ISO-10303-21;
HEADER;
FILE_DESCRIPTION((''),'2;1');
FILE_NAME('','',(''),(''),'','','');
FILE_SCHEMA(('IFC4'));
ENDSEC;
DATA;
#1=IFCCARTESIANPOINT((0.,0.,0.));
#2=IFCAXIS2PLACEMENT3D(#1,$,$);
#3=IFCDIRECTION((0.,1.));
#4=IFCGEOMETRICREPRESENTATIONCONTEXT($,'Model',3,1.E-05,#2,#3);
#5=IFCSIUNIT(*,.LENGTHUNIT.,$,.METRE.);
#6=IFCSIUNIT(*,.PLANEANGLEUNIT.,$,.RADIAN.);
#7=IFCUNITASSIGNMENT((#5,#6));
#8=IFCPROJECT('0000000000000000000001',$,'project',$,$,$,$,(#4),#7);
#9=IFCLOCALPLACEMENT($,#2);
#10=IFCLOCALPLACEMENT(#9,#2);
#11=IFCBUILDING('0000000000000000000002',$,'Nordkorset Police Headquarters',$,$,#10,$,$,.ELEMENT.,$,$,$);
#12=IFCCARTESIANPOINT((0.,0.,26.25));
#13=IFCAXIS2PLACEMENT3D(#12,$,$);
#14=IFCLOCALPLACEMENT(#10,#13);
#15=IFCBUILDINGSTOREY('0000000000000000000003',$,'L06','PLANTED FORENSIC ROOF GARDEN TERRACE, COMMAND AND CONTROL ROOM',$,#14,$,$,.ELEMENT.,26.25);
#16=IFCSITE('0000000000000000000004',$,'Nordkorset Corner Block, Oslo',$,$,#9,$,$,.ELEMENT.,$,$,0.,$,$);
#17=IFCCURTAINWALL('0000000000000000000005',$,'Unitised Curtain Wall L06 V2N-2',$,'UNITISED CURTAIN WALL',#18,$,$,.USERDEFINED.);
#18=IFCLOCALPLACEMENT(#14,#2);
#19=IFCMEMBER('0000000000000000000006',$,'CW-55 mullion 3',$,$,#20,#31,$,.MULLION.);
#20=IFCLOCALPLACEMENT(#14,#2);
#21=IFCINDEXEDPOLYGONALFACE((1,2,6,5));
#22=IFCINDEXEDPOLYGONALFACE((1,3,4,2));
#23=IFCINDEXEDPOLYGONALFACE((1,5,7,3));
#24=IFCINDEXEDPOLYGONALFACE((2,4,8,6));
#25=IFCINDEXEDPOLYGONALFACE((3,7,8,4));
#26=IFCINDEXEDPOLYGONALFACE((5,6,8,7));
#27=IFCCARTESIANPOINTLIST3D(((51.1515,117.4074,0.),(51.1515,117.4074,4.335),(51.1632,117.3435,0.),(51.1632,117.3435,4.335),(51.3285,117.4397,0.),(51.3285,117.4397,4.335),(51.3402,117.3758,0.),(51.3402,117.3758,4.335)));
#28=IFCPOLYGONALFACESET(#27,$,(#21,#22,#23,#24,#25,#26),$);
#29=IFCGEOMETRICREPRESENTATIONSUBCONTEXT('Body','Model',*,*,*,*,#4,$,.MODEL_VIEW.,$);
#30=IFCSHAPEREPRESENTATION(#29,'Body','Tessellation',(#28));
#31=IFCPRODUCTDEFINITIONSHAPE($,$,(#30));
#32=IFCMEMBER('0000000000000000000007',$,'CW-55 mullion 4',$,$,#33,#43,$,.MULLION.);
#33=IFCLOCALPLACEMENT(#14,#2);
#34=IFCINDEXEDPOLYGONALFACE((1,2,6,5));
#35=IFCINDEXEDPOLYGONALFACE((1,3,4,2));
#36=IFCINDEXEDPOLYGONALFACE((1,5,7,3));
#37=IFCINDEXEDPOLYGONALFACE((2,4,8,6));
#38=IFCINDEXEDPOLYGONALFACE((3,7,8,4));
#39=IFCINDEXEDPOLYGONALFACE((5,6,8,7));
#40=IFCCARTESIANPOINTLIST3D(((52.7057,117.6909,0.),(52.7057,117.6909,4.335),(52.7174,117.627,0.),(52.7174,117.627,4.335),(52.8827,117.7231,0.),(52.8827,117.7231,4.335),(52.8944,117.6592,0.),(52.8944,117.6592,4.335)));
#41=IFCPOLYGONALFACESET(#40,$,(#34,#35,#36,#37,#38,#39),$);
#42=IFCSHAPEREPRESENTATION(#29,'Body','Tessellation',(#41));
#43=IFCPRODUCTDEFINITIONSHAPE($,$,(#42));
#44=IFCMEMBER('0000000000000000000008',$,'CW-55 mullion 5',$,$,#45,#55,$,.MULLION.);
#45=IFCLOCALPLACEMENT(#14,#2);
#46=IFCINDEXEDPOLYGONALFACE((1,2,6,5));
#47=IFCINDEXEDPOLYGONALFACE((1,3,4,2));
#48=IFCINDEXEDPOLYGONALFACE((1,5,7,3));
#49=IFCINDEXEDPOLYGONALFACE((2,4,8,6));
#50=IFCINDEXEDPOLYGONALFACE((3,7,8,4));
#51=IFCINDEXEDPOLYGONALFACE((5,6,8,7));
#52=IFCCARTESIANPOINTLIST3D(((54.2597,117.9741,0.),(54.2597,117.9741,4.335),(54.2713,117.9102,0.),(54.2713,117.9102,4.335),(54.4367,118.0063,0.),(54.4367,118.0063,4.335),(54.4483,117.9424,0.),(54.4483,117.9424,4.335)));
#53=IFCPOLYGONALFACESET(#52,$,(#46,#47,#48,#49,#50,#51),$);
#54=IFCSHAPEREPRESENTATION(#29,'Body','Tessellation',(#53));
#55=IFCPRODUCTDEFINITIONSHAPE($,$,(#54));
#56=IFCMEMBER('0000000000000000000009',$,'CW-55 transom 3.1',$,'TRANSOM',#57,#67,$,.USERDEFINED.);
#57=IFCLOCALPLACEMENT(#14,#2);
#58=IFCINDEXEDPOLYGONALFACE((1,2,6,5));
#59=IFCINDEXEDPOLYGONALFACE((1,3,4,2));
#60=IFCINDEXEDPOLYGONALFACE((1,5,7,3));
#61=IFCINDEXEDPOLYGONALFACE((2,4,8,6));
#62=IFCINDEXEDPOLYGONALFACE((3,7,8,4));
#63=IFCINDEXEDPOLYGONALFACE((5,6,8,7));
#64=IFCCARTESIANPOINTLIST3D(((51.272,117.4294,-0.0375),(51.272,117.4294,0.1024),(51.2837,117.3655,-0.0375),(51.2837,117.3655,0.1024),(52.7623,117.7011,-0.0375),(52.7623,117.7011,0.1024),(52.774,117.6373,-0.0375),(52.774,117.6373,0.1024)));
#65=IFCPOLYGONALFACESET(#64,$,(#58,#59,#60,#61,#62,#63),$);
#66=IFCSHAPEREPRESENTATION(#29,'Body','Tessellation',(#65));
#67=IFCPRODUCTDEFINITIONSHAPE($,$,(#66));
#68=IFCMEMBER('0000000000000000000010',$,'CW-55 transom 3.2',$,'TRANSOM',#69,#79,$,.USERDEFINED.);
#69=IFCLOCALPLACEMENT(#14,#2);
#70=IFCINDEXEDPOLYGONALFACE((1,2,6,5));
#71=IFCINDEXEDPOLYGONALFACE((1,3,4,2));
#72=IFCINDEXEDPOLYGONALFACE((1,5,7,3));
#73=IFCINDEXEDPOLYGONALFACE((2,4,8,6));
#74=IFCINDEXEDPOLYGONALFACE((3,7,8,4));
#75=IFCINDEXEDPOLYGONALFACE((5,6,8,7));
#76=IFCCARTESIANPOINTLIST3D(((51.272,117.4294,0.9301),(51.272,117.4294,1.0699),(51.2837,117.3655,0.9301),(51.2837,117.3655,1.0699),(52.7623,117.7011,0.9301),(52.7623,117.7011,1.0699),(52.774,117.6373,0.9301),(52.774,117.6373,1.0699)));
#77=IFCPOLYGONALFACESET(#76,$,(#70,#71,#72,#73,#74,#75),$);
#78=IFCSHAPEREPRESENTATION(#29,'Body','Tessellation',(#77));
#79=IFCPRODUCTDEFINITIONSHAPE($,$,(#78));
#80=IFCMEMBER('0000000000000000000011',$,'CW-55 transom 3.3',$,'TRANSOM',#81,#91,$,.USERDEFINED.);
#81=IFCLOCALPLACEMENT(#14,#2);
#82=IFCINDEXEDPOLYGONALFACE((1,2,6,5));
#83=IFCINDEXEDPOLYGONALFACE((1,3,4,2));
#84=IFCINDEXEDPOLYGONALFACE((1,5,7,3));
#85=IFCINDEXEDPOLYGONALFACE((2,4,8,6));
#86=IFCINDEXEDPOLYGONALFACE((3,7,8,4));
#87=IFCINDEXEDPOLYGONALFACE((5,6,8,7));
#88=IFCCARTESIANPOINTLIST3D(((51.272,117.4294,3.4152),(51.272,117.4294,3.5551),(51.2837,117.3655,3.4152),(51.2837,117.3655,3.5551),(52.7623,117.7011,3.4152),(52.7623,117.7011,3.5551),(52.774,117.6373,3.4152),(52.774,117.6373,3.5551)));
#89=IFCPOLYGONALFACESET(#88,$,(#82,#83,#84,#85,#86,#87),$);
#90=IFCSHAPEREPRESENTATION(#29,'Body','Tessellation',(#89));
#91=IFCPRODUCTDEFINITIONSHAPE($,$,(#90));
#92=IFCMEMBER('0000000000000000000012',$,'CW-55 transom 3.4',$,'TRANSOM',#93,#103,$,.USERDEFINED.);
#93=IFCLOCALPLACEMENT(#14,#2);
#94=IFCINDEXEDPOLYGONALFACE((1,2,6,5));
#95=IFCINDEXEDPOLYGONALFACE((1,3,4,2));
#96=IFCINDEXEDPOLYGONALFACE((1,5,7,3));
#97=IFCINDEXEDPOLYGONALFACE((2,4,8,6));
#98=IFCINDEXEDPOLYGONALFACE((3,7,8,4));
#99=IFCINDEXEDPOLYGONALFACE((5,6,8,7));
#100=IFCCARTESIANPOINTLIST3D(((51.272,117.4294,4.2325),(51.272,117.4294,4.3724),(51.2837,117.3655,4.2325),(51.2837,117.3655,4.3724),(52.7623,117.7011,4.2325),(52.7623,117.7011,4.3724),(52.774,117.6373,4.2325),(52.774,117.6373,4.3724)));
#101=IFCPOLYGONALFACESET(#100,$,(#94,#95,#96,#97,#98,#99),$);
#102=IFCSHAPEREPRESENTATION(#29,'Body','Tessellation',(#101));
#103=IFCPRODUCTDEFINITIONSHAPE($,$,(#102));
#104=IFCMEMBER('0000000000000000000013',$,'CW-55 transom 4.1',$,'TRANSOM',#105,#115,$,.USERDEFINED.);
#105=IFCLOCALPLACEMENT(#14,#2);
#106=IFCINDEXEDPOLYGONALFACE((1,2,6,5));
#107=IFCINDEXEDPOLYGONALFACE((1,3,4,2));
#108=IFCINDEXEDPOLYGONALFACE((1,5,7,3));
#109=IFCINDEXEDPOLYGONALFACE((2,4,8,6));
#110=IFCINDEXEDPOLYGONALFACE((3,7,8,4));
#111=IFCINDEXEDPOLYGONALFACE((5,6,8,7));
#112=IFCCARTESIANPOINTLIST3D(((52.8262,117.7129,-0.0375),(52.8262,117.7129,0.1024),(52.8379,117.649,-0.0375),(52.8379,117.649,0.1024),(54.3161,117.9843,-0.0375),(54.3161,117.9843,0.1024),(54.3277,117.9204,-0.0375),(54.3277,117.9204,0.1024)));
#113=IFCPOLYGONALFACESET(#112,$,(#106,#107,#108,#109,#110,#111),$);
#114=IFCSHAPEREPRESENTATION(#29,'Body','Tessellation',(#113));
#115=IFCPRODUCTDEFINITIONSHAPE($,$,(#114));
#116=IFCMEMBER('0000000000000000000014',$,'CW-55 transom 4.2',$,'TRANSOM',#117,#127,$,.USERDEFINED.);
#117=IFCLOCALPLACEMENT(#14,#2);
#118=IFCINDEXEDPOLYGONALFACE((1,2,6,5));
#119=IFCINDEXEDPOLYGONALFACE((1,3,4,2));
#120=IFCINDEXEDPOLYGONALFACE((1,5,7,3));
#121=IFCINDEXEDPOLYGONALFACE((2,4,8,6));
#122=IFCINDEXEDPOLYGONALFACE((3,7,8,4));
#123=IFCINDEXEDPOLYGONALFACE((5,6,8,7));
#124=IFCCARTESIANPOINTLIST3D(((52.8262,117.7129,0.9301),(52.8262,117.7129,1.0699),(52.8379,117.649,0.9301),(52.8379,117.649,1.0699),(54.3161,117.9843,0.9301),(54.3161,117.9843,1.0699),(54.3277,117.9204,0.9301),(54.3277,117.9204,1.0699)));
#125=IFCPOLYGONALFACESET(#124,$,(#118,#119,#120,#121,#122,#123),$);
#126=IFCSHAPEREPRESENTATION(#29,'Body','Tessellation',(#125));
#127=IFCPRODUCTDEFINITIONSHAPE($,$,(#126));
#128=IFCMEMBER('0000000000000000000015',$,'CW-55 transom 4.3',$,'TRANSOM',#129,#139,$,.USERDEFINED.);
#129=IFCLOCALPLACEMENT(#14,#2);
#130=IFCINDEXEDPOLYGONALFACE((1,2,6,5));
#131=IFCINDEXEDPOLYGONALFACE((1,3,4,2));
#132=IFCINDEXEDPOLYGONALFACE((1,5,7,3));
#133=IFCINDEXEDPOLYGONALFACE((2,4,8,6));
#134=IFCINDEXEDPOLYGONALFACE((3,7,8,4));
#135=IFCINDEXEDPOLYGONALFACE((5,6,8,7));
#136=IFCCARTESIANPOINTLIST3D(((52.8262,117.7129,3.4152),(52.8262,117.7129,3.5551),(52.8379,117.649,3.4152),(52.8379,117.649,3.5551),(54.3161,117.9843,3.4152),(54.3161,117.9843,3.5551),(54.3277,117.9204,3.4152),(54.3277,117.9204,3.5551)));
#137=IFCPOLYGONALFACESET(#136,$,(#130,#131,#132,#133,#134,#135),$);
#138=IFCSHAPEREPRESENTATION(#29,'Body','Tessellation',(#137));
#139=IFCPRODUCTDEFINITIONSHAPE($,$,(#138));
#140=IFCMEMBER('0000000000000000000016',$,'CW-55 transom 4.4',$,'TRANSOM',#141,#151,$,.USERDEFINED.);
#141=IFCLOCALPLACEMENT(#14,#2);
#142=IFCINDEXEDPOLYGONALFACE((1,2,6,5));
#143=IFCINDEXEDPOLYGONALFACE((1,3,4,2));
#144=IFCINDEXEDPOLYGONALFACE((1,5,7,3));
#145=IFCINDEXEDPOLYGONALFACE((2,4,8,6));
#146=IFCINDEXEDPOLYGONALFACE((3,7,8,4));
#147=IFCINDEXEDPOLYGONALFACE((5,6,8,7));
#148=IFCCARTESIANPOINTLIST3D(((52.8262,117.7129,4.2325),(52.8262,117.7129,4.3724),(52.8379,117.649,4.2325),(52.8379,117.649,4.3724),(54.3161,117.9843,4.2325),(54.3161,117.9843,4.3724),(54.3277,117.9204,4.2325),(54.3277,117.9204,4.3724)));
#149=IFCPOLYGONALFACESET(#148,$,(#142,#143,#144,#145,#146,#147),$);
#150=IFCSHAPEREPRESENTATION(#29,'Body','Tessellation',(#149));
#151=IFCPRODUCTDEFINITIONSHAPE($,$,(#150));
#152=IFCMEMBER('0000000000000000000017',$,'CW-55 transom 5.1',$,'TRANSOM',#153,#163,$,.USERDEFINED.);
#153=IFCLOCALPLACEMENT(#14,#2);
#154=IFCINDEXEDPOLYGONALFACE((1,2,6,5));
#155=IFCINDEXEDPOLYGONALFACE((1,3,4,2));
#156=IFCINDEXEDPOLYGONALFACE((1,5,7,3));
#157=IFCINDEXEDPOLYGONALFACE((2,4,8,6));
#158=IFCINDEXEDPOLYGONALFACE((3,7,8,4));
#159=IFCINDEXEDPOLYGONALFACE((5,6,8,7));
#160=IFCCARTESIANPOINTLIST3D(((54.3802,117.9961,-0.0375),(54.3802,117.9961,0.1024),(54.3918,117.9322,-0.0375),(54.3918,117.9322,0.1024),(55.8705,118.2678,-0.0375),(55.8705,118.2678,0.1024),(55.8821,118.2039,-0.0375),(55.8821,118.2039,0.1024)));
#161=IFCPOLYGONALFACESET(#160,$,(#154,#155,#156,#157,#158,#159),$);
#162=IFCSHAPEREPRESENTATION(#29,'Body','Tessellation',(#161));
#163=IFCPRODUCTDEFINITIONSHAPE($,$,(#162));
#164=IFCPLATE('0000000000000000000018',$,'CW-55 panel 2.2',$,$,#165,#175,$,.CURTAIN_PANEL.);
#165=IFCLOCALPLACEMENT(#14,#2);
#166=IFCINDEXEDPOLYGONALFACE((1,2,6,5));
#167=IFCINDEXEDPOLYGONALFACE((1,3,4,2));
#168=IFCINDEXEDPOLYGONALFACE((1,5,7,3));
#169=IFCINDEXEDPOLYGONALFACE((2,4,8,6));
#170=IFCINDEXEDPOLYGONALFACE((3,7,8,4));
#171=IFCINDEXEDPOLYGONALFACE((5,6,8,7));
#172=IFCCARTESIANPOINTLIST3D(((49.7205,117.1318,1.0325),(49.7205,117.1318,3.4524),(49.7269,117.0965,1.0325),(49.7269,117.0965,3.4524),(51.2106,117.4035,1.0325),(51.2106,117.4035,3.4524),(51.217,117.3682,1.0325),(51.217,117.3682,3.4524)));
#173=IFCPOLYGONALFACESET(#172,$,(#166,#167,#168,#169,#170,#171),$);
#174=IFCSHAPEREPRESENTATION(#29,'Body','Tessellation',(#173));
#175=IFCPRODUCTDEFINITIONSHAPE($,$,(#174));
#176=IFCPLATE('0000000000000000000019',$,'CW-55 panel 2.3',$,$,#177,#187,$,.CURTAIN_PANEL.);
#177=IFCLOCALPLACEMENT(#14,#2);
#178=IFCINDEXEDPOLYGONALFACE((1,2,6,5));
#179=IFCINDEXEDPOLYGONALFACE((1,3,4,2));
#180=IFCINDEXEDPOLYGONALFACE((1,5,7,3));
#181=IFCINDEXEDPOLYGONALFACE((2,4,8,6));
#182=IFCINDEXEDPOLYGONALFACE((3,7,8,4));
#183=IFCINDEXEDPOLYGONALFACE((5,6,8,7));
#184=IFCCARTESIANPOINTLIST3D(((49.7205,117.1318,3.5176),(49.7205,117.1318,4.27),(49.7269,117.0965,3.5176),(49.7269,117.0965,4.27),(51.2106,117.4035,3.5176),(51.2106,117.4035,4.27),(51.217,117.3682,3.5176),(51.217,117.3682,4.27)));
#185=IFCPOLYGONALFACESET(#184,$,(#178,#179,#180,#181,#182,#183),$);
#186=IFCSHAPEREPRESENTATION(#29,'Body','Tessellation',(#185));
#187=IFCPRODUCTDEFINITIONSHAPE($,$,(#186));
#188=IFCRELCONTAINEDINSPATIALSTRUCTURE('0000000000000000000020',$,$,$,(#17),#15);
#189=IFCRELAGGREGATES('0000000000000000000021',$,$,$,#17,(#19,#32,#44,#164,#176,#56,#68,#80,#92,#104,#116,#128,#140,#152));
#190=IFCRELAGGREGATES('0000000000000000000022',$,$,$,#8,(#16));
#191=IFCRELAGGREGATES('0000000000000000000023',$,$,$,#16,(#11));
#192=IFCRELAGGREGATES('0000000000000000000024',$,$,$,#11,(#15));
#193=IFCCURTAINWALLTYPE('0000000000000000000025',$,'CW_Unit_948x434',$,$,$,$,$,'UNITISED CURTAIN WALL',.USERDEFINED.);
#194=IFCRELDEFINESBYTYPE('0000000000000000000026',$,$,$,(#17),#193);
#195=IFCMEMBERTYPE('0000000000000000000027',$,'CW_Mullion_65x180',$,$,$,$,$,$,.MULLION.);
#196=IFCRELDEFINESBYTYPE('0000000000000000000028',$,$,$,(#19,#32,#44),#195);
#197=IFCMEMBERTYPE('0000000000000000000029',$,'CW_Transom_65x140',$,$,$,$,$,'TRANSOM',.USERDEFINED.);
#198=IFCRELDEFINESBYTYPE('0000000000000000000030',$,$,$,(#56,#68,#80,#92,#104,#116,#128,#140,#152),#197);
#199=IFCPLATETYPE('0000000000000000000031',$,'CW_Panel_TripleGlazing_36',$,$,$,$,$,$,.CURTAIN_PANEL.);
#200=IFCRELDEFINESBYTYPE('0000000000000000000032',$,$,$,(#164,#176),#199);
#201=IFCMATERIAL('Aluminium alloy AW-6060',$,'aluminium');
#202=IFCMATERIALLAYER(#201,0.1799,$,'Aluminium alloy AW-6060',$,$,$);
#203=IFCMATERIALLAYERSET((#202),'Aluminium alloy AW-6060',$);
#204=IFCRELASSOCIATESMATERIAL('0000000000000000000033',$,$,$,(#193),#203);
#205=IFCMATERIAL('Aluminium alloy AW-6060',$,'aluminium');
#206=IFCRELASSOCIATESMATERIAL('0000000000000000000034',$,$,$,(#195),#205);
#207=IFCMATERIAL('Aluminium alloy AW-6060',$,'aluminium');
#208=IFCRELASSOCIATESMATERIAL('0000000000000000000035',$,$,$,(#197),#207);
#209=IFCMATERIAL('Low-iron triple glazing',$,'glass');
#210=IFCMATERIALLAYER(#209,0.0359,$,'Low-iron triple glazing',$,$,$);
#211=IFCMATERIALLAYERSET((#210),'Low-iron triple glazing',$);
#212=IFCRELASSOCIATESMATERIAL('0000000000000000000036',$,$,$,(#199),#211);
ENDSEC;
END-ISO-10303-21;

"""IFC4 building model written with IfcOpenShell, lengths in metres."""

from ifc_helpers import new_model, si_unit, direction, frame, origin, origin_2d, place, context, subcontext, project, spatial, rectangle, extrude, material, layer, layer_set, material_profile, profile_set, type_object, element, aggregate, save


model = new_model("IFC4")

# Units and contexts
model_context = context("Model", 3, precision=1e-05, world=origin(), true_north=direction((0.0, 1.0)))
body_context = subcontext(model_context, "Body", "Model", "MODEL_VIEW")
ifc_project = project(units=[si_unit("LENGTHUNIT", "METRE"), si_unit("PLANEANGLEUNIT", "RADIAN")], contexts=[model_context])

# Site, building, storey
site_placement = place(None, origin())
site = spatial("IfcSite", under=ifc_project, at=site_placement, Name="Nordkorset Corner Block, Oslo", CompositionType="ELEMENT", RefElevation=0.0)
building_placement = place(site_placement, origin())
building = spatial("IfcBuilding", under=site, at=building_placement, Name="Nordkorset Police Headquarters", CompositionType="ELEMENT")
storey_placement = place(building_placement, frame((0.0, 0.0, 26.25)))
storey = spatial("IfcBuildingStorey", under=building, at=storey_placement, Name="L06", Description="PLANTED FORENSIC ROOF GARDEN TERRACE, COMMAND AND CONTROL ROOM", CompositionType="ELEMENT", Elevation=26.25)

# Curtain wall, members, plates
ifc_material_1 = material(Name="Aluminium alloy AW-6060", Category="aluminium")
ifc_layer_1 = layer(ifc_material_1, 0.1799, Name="Aluminium alloy AW-6060")
ifc_layer_set_1 = layer_set([ifc_layer_1], Name="Aluminium alloy AW-6060")
curtain_wall_type = type_object("IfcCurtainWallType", Name="CW_Unit_948x434", ElementType="UNITISED CURTAIN WALL", PredefinedType="USERDEFINED", material=ifc_layer_set_1)
curtain_wall_placement = place(storey_placement, origin())
curtain_wall = element("IfcCurtainWall", 1, at=curtain_wall_placement, inside=storey, type_object=curtain_wall_type, Name="Unitised Curtain Wall L06 V2N-2", ObjectType="UNITISED CURTAIN WALL", PredefinedType="USERDEFINED")
ifc_material_2 = material(Name="Aluminium alloy AW-6060", Category="aluminium")
ifc_material_profile_1 = material_profile(ifc_material_2, rectangle(XDim=0.0649, YDim=0.1799, at=origin_2d()), Name="ALU MULL 65x180")
ifc_profile_set_1 = profile_set([ifc_material_profile_1], Name="Aluminium alloy AW-6060")
member_type_1 = type_object("IfcMemberType", Name="CW_Mullion_65x180", PredefinedType="MULLION", material=ifc_profile_set_1)
member_1_placement = place(storey_placement, frame((51.2458, 117.3916, 0.0), z_axis=(0.0, 0.0, 1.0), x_axis=(-0.179336, 0.983788, 0.0)))
member_1 = element("IfcMember", 2, at=member_1_placement, type_object=member_type_1, Name="CW-55 mullion 3", PredefinedType="MULLION", context=body_context, shape_type="SweptSolid", body=[
    extrude(rectangle(XDim=0.0649, YDim=0.1799, at=origin_2d()), origin(), (0.0, 0.0, 1.0), 4.335),
])
member_2_placement = place(storey_placement, frame((52.8, 117.675, 0.0), z_axis=(0.0, 0.0, 1.0), x_axis=(-0.179336, 0.983788, 0.0)))
member_2 = element("IfcMember", 3, at=member_2_placement, type_object=member_type_1, Name="CW-55 mullion 4", PredefinedType="MULLION", context=body_context, shape_type="SweptSolid", body=[
    extrude(rectangle(XDim=0.0649, YDim=0.1799, at=origin_2d()), origin(), (0.0, 0.0, 1.0), 4.335),
])
member_3_placement = place(storey_placement, frame((54.354, 117.9583, 0.0), z_axis=(0.0, 0.0, 1.0), x_axis=(-0.179336, 0.983788, 0.0)))
member_3 = element("IfcMember", 4, at=member_3_placement, type_object=member_type_1, Name="CW-55 mullion 5", PredefinedType="MULLION", context=body_context, shape_type="SweptSolid", body=[
    extrude(rectangle(XDim=0.0649, YDim=0.1799, at=origin_2d()), origin(), (0.0, 0.0, 1.0), 4.335),
])
ifc_material_3 = material(Name="Aluminium alloy AW-6060", Category="aluminium")
ifc_material_profile_2 = material_profile(ifc_material_3, rectangle(XDim=0.0649, YDim=0.1399, at=origin_2d()), Name="ALU TRAN 65x140")
ifc_profile_set_2 = profile_set([ifc_material_profile_2], Name="Aluminium alloy AW-6060")
member_type_2 = type_object("IfcMemberType", Name="CW_Transom_65x140", ElementType="TRANSOM", PredefinedType="USERDEFINED", material=ifc_profile_set_2)
member_4_placement = place(storey_placement, frame((51.2778, 117.3975, 0.0325), z_axis=(0.98378, 0.179382, 0.0), x_axis=(-0.179382, 0.98378, 0.0)))
member_4 = element("IfcMember", 5, at=member_4_placement, type_object=member_type_2, Name="CW-55 transom 3.1", ObjectType="TRANSOM", PredefinedType="USERDEFINED", context=body_context, shape_type="SweptSolid", body=[
    extrude(rectangle(XDim=0.0649, YDim=0.1399, at=origin_2d()), origin(), (0.0, 0.0, 1.0), 1.5149),
])
member_5_placement = place(storey_placement, frame((51.2778, 117.3975, 1.0), z_axis=(0.98378, 0.179382, 0.0), x_axis=(-0.179382, 0.98378, 0.0)))
member_5 = element("IfcMember", 6, at=member_5_placement, type_object=member_type_2, Name="CW-55 transom 3.2", ObjectType="TRANSOM", PredefinedType="USERDEFINED", context=body_context, shape_type="SweptSolid", body=[
    extrude(rectangle(XDim=0.0649, YDim=0.1399, at=origin_2d()), origin(), (0.0, 0.0, 1.0), 1.5149),
])
member_6_placement = place(storey_placement, frame((51.2778, 117.3975, 3.4851), z_axis=(0.98378, 0.179382, 0.0), x_axis=(-0.179382, 0.98378, 0.0)))
member_6 = element("IfcMember", 7, at=member_6_placement, type_object=member_type_2, Name="CW-55 transom 3.3", ObjectType="TRANSOM", PredefinedType="USERDEFINED", context=body_context, shape_type="SweptSolid", body=[
    extrude(rectangle(XDim=0.0649, YDim=0.1399, at=origin_2d()), origin(), (0.0, 0.0, 1.0), 1.5149),
])
member_7_placement = place(storey_placement, frame((51.2778, 117.3975, 4.3025), z_axis=(0.98378, 0.179382, 0.0), x_axis=(-0.179382, 0.98378, 0.0)))
member_7 = element("IfcMember", 8, at=member_7_placement, type_object=member_type_2, Name="CW-55 transom 3.4", ObjectType="TRANSOM", PredefinedType="USERDEFINED", context=body_context, shape_type="SweptSolid", body=[
    extrude(rectangle(XDim=0.0649, YDim=0.1399, at=origin_2d()), origin(), (0.0, 0.0, 1.0), 1.5149),
])
member_8_placement = place(storey_placement, frame((52.832, 117.6809, 0.0325), z_axis=(0.983803, 0.179254, 0.0), x_axis=(-0.179254, 0.983803, 0.0)))
member_8 = element("IfcMember", 9, at=member_8_placement, type_object=member_type_2, Name="CW-55 transom 4.1", ObjectType="TRANSOM", PredefinedType="USERDEFINED", context=body_context, shape_type="SweptSolid", body=[
    extrude(rectangle(XDim=0.0649, YDim=0.1399, at=origin_2d()), origin(), (0.0, 0.0, 1.0), 1.5144),
])
member_9_placement = place(storey_placement, frame((52.832, 117.6809, 1.0), z_axis=(0.983803, 0.179254, 0.0), x_axis=(-0.179254, 0.983803, 0.0)))
member_9 = element("IfcMember", 10, at=member_9_placement, type_object=member_type_2, Name="CW-55 transom 4.2", ObjectType="TRANSOM", PredefinedType="USERDEFINED", context=body_context, shape_type="SweptSolid", body=[
    extrude(rectangle(XDim=0.0649, YDim=0.1399, at=origin_2d()), origin(), (0.0, 0.0, 1.0), 1.5144),
])
member_10_placement = place(storey_placement, frame((52.832, 117.6809, 3.4851), z_axis=(0.983803, 0.179254, 0.0), x_axis=(-0.179254, 0.983803, 0.0)))
member_10 = element("IfcMember", 11, at=member_10_placement, type_object=member_type_2, Name="CW-55 transom 4.3", ObjectType="TRANSOM", PredefinedType="USERDEFINED", context=body_context, shape_type="SweptSolid", body=[
    extrude(rectangle(XDim=0.0649, YDim=0.1399, at=origin_2d()), origin(), (0.0, 0.0, 1.0), 1.5144),
])
member_11_placement = place(storey_placement, frame((52.832, 117.6809, 4.3025), z_axis=(0.983803, 0.179254, 0.0), x_axis=(-0.179254, 0.983803, 0.0)))
member_11 = element("IfcMember", 12, at=member_11_placement, type_object=member_type_2, Name="CW-55 transom 4.4", ObjectType="TRANSOM", PredefinedType="USERDEFINED", context=body_context, shape_type="SweptSolid", body=[
    extrude(rectangle(XDim=0.0649, YDim=0.1399, at=origin_2d()), origin(), (0.0, 0.0, 1.0), 1.5144),
])
member_12_placement = place(storey_placement, frame((54.386, 117.9641, 0.0325), z_axis=(0.98378, 0.179382, 0.0), x_axis=(-0.179382, 0.98378, 0.0)))
member_12 = element("IfcMember", 13, at=member_12_placement, type_object=member_type_2, Name="CW-55 transom 5.1", ObjectType="TRANSOM", PredefinedType="USERDEFINED", context=body_context, shape_type="SweptSolid", body=[
    extrude(rectangle(XDim=0.0649, YDim=0.1399, at=origin_2d()), origin(), (0.0, 0.0, 1.0), 1.5149),
])
ifc_material_4 = material(Name="Low-iron triple glazing", Category="glass")
ifc_layer_2 = layer(ifc_material_4, 0.0359, Name="Low-iron triple glazing")
ifc_layer_set_2 = layer_set([ifc_layer_2], Name="Low-iron triple glazing")
plate_type = type_object("IfcPlateType", Name="CW_Panel_TripleGlazing_36", PredefinedType="CURTAIN_PANEL", material=ifc_layer_set_2)
plate_1_placement = place(storey_placement, frame((50.4688, 117.25, 1.0325), z_axis=(0.0, 0.0, 1.0), x_axis=(0.983788, 0.179336, 0.0)))
plate_1 = element("IfcPlate", 14, at=plate_1_placement, type_object=plate_type, Name="CW-55 panel 2.2", PredefinedType="CURTAIN_PANEL", context=body_context, shape_type="SweptSolid", body=[
    extrude(rectangle(XDim=1.5146, YDim=0.0359, at=origin_2d()), origin(), (0.0, 0.0, 1.0), 2.4199),
])
plate_2_placement = place(storey_placement, frame((50.4688, 117.25, 3.5176), z_axis=(0.0, 0.0, 1.0), x_axis=(0.983788, 0.179336, 0.0)))
plate_2 = element("IfcPlate", 15, at=plate_2_placement, type_object=plate_type, Name="CW-55 panel 2.3", PredefinedType="CURTAIN_PANEL", context=body_context, shape_type="SweptSolid", body=[
    extrude(rectangle(XDim=1.5146, YDim=0.0359, at=origin_2d()), origin(), (0.0, 0.0, 1.0), 0.7524),
])
aggregate(curtain_wall, [member_1, member_2, member_3, plate_1, plate_2, member_4, member_5, member_6, member_7, member_8, member_9, member_10, member_11, member_12])

save(model, "model.ifc")
